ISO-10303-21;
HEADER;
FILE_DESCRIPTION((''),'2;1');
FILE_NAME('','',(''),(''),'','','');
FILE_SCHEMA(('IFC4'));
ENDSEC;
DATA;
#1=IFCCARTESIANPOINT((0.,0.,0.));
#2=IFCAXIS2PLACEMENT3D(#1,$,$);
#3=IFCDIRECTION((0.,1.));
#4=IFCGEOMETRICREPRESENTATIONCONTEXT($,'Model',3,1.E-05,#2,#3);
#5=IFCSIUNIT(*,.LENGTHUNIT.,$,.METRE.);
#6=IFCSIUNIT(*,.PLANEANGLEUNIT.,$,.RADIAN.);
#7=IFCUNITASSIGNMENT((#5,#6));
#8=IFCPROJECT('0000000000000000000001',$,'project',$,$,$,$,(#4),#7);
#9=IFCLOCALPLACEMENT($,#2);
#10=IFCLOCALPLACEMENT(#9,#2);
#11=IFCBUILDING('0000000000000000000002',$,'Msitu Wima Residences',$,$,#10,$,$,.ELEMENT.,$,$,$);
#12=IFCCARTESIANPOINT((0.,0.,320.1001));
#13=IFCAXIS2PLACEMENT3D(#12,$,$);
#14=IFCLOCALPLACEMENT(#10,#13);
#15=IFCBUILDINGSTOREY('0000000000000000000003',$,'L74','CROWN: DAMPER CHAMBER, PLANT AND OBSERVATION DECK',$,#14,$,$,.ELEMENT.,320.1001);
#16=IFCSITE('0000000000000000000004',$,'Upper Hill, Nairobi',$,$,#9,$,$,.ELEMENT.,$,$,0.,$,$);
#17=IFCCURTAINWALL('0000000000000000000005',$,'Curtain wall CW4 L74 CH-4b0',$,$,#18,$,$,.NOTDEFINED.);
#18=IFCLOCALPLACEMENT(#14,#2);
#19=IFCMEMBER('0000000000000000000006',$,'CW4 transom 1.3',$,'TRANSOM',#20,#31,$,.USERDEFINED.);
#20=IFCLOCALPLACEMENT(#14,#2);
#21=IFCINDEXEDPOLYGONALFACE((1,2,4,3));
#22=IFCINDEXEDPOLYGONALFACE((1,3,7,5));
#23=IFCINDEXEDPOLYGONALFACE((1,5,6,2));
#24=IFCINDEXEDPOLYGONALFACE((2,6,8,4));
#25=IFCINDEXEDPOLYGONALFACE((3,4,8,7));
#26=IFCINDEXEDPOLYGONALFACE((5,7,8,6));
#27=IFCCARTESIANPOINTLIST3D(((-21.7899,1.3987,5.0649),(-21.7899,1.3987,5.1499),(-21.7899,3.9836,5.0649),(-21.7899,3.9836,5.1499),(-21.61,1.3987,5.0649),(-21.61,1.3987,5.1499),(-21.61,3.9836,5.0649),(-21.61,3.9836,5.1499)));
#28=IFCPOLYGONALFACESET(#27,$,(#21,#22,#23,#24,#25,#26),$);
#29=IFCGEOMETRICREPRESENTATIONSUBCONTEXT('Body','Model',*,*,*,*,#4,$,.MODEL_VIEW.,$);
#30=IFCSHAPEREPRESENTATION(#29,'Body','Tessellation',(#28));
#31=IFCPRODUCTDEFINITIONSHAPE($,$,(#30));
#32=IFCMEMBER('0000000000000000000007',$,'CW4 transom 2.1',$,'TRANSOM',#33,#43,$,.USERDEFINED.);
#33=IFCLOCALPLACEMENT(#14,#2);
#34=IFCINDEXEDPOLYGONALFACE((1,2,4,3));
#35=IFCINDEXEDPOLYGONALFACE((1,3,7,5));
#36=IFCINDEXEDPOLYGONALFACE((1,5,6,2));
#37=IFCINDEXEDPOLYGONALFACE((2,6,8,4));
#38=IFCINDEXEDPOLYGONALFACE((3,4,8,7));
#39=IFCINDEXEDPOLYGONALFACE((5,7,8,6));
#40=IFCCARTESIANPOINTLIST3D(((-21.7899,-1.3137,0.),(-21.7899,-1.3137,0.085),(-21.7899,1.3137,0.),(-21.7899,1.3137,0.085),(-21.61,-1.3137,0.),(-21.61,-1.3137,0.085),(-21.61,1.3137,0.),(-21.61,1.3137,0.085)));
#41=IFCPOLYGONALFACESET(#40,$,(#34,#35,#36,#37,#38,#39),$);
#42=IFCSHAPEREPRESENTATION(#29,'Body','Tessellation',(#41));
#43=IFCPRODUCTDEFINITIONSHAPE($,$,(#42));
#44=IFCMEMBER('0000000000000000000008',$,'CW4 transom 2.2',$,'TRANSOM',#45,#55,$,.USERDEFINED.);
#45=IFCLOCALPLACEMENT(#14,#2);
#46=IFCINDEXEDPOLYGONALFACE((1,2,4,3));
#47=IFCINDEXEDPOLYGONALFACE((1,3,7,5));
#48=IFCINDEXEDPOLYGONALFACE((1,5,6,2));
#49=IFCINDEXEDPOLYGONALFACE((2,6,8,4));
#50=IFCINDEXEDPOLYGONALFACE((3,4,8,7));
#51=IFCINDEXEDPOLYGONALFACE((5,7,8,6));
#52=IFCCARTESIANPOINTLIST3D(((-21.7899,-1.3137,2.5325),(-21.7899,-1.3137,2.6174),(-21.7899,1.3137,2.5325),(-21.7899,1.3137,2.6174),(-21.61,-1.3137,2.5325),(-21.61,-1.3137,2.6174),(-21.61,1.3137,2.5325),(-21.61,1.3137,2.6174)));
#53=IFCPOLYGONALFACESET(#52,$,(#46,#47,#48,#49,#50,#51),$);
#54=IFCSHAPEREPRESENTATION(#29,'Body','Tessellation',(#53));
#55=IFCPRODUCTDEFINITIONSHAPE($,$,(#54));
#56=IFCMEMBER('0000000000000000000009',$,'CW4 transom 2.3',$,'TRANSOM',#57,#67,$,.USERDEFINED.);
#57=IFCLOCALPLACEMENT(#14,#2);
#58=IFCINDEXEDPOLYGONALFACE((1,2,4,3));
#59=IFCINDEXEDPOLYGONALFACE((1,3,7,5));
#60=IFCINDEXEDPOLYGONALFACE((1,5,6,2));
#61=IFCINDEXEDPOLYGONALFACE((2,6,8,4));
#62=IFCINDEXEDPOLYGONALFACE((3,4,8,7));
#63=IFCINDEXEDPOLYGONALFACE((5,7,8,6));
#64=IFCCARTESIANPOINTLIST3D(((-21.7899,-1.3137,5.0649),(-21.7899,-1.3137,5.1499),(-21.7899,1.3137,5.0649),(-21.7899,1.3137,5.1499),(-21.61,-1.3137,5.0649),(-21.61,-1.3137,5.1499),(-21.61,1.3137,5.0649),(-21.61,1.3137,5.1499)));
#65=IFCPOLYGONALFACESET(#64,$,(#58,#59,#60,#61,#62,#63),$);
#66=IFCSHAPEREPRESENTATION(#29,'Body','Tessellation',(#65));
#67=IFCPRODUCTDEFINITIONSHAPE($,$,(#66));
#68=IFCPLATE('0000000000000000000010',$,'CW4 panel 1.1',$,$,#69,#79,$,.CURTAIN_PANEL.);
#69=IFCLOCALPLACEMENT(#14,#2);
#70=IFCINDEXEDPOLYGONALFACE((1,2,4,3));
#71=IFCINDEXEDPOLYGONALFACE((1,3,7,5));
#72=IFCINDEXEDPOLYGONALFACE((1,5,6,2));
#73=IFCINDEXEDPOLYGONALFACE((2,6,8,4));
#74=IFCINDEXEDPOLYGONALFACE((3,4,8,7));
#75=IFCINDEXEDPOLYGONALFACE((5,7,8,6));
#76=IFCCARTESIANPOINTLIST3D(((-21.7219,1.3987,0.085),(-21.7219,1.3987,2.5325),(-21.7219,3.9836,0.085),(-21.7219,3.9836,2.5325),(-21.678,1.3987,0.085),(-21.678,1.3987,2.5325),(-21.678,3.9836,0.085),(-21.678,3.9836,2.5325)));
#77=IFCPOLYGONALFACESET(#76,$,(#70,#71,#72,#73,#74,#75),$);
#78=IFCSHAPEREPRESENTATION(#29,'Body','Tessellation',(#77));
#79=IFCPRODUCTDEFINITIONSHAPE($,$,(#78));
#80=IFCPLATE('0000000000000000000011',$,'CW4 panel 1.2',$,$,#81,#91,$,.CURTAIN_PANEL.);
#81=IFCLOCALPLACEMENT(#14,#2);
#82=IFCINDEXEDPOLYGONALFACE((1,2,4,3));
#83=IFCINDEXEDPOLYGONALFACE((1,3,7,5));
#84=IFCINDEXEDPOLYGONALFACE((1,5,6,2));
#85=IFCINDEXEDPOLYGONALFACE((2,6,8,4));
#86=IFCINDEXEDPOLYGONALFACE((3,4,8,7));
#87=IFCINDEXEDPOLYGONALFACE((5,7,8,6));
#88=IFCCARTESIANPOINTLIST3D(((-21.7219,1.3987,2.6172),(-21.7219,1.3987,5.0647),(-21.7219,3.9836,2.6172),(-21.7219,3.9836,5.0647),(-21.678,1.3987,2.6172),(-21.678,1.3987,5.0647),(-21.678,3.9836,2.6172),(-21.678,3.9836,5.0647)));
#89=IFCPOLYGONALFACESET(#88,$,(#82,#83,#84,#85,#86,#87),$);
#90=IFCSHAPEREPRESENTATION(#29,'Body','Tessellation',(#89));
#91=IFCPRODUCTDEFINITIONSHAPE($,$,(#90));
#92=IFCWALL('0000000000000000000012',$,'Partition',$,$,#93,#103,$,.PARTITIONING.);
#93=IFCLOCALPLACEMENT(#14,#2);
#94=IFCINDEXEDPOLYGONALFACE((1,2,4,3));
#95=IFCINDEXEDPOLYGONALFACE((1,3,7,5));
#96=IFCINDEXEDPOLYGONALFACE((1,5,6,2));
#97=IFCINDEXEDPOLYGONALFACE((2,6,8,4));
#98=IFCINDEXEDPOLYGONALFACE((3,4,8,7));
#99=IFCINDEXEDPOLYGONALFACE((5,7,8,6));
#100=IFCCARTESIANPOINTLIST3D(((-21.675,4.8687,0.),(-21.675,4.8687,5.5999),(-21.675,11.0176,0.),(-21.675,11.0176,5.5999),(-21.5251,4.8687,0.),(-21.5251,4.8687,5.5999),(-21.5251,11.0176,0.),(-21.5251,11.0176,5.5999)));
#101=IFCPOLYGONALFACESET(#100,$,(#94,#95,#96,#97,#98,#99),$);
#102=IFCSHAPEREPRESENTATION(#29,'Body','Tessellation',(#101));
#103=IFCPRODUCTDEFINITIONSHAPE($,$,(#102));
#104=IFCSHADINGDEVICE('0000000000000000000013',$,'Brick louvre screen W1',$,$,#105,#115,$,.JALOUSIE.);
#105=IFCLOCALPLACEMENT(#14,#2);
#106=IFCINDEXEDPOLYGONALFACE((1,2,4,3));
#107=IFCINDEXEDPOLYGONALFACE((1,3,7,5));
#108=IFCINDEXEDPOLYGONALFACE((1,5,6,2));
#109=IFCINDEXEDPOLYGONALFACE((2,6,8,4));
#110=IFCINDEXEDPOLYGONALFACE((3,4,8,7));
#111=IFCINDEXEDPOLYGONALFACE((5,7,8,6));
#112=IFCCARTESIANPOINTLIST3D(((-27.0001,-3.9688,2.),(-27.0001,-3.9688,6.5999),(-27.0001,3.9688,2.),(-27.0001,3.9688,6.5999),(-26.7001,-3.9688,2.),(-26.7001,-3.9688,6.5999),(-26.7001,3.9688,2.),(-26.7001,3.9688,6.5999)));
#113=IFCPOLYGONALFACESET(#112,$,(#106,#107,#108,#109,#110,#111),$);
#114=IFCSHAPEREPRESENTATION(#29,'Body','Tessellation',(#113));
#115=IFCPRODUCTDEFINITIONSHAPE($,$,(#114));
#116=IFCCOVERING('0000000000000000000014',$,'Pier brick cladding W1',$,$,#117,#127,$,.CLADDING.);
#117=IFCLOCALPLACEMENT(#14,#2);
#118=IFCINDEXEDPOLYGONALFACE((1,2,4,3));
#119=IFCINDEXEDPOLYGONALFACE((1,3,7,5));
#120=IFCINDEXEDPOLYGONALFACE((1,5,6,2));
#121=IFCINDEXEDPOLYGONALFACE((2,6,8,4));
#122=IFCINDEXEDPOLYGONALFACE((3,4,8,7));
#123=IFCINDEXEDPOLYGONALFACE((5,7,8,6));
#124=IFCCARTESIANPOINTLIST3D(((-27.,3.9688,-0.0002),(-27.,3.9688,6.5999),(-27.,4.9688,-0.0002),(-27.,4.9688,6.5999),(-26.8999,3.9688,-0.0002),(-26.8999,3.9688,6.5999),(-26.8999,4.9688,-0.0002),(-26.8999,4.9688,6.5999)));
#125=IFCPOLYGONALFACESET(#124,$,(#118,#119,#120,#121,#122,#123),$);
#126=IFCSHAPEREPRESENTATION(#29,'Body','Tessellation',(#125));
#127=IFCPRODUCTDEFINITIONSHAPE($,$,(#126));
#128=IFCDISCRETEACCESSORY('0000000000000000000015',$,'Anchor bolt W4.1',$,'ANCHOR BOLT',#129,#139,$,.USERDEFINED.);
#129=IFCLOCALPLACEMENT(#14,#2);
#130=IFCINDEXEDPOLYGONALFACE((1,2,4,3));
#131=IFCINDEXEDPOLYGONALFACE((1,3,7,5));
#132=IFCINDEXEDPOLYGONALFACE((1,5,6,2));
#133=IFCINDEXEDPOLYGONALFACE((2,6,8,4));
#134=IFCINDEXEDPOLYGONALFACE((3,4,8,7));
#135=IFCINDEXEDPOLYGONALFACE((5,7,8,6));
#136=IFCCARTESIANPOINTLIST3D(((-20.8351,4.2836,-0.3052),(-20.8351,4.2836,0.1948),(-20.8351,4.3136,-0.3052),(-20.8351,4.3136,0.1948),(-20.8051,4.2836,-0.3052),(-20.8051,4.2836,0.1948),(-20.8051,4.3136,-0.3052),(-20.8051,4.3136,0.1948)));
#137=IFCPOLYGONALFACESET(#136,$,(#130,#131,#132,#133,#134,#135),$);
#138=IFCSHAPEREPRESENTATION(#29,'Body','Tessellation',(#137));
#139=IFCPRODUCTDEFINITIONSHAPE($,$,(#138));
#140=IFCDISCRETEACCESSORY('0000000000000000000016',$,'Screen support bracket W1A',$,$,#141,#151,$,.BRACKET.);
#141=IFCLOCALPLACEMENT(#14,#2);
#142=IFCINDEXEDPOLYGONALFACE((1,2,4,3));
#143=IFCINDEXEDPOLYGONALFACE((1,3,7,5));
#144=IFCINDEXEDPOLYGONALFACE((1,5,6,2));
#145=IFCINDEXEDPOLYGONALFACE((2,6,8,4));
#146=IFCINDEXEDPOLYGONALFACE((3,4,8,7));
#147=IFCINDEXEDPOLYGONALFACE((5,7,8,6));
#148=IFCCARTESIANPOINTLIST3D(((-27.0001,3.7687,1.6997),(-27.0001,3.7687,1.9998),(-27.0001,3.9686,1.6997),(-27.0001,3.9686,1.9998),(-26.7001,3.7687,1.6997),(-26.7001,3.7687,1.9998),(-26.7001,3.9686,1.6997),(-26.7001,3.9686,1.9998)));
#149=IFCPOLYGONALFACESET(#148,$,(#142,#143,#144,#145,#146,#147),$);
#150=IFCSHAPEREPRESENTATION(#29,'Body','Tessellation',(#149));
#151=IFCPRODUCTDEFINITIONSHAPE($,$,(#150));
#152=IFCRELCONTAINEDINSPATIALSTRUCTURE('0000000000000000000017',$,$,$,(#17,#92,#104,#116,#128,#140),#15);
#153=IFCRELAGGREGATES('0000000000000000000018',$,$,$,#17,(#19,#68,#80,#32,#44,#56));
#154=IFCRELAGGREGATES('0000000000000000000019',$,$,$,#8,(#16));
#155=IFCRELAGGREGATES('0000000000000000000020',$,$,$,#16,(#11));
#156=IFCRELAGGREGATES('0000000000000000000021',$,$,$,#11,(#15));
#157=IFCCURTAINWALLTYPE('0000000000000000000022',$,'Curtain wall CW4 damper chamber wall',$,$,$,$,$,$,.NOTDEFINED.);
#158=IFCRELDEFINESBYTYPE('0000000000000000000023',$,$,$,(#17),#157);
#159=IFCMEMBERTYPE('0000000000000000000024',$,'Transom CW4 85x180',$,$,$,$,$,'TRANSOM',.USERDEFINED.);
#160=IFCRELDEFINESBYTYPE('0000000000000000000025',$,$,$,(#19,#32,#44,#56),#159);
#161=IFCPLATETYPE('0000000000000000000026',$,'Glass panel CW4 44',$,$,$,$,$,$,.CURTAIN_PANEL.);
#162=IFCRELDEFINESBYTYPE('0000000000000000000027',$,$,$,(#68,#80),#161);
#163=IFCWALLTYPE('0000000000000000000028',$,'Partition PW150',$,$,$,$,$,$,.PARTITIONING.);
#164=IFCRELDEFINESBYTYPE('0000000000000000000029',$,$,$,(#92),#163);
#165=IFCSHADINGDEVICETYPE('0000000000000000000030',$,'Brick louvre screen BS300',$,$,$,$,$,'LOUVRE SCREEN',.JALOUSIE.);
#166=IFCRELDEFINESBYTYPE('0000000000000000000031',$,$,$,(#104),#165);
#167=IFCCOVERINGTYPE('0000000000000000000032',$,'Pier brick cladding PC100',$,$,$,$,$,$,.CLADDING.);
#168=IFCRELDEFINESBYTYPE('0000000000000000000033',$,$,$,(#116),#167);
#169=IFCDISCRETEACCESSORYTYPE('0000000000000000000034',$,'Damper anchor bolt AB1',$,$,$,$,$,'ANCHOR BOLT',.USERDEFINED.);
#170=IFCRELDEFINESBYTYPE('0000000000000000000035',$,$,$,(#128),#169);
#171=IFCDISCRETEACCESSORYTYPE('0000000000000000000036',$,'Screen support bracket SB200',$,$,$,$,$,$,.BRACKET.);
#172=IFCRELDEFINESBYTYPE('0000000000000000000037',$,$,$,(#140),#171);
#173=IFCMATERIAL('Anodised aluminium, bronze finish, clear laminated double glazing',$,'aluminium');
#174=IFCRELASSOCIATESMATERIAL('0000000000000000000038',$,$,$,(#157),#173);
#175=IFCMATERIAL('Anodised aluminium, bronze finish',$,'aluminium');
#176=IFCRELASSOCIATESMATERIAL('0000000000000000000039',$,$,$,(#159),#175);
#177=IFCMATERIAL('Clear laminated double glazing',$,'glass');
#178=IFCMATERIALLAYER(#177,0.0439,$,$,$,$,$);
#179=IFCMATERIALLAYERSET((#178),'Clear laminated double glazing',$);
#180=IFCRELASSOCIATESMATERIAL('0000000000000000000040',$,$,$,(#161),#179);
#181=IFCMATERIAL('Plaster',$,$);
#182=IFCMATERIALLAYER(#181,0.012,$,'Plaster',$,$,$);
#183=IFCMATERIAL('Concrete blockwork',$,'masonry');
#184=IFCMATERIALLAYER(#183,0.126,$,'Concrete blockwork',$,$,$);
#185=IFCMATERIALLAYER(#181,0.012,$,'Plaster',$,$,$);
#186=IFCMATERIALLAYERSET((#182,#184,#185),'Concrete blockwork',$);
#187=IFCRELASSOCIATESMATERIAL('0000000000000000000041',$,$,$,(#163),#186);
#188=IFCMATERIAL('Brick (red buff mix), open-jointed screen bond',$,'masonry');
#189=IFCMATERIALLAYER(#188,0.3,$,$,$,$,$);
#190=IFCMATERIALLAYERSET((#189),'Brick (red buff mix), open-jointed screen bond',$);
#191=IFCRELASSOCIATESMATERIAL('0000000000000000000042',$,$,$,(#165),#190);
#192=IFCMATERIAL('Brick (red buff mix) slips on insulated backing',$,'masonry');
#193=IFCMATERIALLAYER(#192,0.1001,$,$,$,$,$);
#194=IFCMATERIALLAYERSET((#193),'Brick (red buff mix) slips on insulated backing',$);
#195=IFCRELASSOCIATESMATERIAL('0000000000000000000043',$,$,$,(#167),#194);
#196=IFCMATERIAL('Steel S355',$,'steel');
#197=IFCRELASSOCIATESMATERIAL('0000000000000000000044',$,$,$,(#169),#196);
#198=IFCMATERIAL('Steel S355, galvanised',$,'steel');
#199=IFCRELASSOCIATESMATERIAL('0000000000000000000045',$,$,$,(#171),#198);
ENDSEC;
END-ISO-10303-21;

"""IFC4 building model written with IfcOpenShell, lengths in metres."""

from ifc_helpers import new_model, si_unit, direction, frame, frame_2d, origin, origin_2d, place, context, subcontext, project, spatial, rectangle, extrude, material, layer, layer_set, material_profile, profile_set, type_object, element, aggregate, save


model = new_model("IFC4")

# Units and contexts
model_context = context("Model", 3, precision=1e-05, world=origin(), true_north=direction((0.0, 1.0)))
body_context = subcontext(model_context, "Body", "Model", "MODEL_VIEW")
ifc_project = project(units=[si_unit("LENGTHUNIT", "METRE"), si_unit("PLANEANGLEUNIT", "RADIAN")], contexts=[model_context])

# Site, building, storey
site_placement = place(None, origin())
site = spatial("IfcSite", under=ifc_project, at=site_placement, Name="Upper Hill, Nairobi", CompositionType="ELEMENT", RefElevation=0.0)
building_placement = place(site_placement, origin())
building = spatial("IfcBuilding", under=site, at=building_placement, Name="Msitu Wima Residences", CompositionType="ELEMENT")
storey_placement = place(building_placement, frame((0.0, 0.0, 320.1001)))
storey = spatial("IfcBuildingStorey", under=building, at=storey_placement, Name="L74", Description="CROWN: DAMPER CHAMBER, PLANT AND OBSERVATION DECK", CompositionType="ELEMENT", Elevation=320.1001)

# Shared definitions
ifc_material_1 = material(Name="Anodised aluminium, bronze finish, clear laminated double glazing", Category="aluminium")
curtain_wall_type = type_object("IfcCurtainWallType", Name="Curtain wall CW4 damper chamber wall", PredefinedType="NOTDEFINED", material=ifc_material_1)
ifc_material_2 = material(Name="Anodised aluminium, bronze finish", Category="aluminium")

# Curtain wall, members, plates
curtain_wall_1_placement = place(storey_placement, origin())
curtain_wall_1 = element("IfcCurtainWall", 1, at=curtain_wall_1_placement, inside=storey, type_object=curtain_wall_type, Name="Curtain wall CW4 L74 CH-4b0", PredefinedType="NOTDEFINED")
ifc_material_profile_1 = material_profile(ifc_material_2, rectangle(XDim=0.1799, YDim=0.085, at=origin_2d()), Name="Transom 85x180")
ifc_profile_set_1 = profile_set([ifc_material_profile_1], Name="Anodised aluminium, bronze finish")
member_type_1 = type_object("IfcMemberType", Name="Transom CW4 85x180", ElementType="TRANSOM", PredefinedType="USERDEFINED", material=ifc_profile_set_1)
member_1_placement = place(storey_placement, frame((-21.7, 3.9836, 5.1074), z_axis=(0.0, -1.0, 0.0), x_axis=(1.0, 0.0, 0.0)))
member_1 = element("IfcMember", 2, at=member_1_placement, type_object=member_type_1, Name="CW4 transom 1.3", ObjectType="TRANSOM", PredefinedType="USERDEFINED", context=body_context, shape_type="SweptSolid", body=[
    extrude(rectangle(XDim=0.1799, YDim=0.085, at=origin_2d()), origin(), (0.0, 0.0, 1.0), 2.585),
])
member_2_placement = place(storey_placement, frame((-21.7, 1.3137, 0.0425), z_axis=(0.0, -1.0, 0.0), x_axis=(1.0, 0.0, 0.0)))
member_2 = element("IfcMember", 3, at=member_2_placement, type_object=member_type_1, Name="CW4 transom 2.1", ObjectType="TRANSOM", PredefinedType="USERDEFINED", context=body_context, shape_type="SweptSolid", body=[
    extrude(rectangle(XDim=0.1799, YDim=0.085, at=origin_2d()), origin(), (0.0, 0.0, 1.0), 2.6274),
])
member_3_placement = place(storey_placement, frame((-21.7, 1.3137, 2.575), z_axis=(0.0, -1.0, 0.0), x_axis=(1.0, 0.0, 0.0)))
member_3 = element("IfcMember", 4, at=member_3_placement, type_object=member_type_1, Name="CW4 transom 2.2", ObjectType="TRANSOM", PredefinedType="USERDEFINED", context=body_context, shape_type="SweptSolid", body=[
    extrude(rectangle(XDim=0.1799, YDim=0.085, at=origin_2d()), origin(), (0.0, 0.0, 1.0), 2.6274),
])
member_4_placement = place(storey_placement, frame((-21.7, 1.3137, 5.1074), z_axis=(0.0, -1.0, 0.0), x_axis=(1.0, 0.0, 0.0)))
member_4 = element("IfcMember", 5, at=member_4_placement, type_object=member_type_1, Name="CW4 transom 2.3", ObjectType="TRANSOM", PredefinedType="USERDEFINED", context=body_context, shape_type="SweptSolid", body=[
    extrude(rectangle(XDim=0.1799, YDim=0.085, at=origin_2d()), origin(), (0.0, 0.0, 1.0), 2.6274),
])
ifc_material_3 = material(Name="Clear laminated double glazing", Category="glass")
ifc_layer_1 = layer(ifc_material_3, 0.0439)
ifc_layer_set_1 = layer_set([ifc_layer_1], Name="Clear laminated double glazing")
plate_type = type_object("IfcPlateType", Name="Glass panel CW4 44", PredefinedType="CURTAIN_PANEL", material=ifc_layer_set_1)
plate_1_placement = place(storey_placement, frame((-21.7, 2.6912, 0.085), z_axis=(0.0, 0.0, 1.0), x_axis=(0.0, -1.0, 0.0)))
plate_1 = element("IfcPlate", 6, at=plate_1_placement, type_object=plate_type, Name="CW4 panel 1.1", PredefinedType="CURTAIN_PANEL", context=body_context, shape_type="SweptSolid", body=[
    extrude(rectangle(XDim=2.585, YDim=0.0439, at=origin_2d()), origin(), (0.0, 0.0, 1.0), 2.4475),
])
plate_2_placement = place(storey_placement, frame((-21.7, 2.6912, 2.6172), z_axis=(0.0, 0.0, 1.0), x_axis=(0.0, -1.0, 0.0)))
plate_2 = element("IfcPlate", 7, at=plate_2_placement, type_object=plate_type, Name="CW4 panel 1.2", PredefinedType="CURTAIN_PANEL", context=body_context, shape_type="SweptSolid", body=[
    extrude(rectangle(XDim=2.585, YDim=0.0439, at=origin_2d()), origin(), (0.0, 0.0, 1.0), 2.4475),
])
aggregate(curtain_wall_1, [member_1, plate_1, plate_2, member_2, member_3, member_4])

# Wall
ifc_material_4 = material(Name="Plaster")
ifc_layer_2 = layer(ifc_material_4, 0.012, Name="Plaster")
ifc_material_5 = material(Name="Concrete blockwork", Category="masonry")
ifc_layer_3 = layer(ifc_material_5, 0.126, Name="Concrete blockwork")
ifc_layer_4 = layer(ifc_material_4, 0.012, Name="Plaster")
ifc_layer_set_2 = layer_set([ifc_layer_2, ifc_layer_3, ifc_layer_4], Name="Concrete blockwork")
wall_type = type_object("IfcWallType", Name="Partition PW150", PredefinedType="PARTITIONING", material=ifc_layer_set_2)
wall_placement = place(storey_placement, frame((-21.6001, 4.8687, 0.0), z_axis=(0.0, 0.0, 1.0), x_axis=(0.0, 1.0, 0.0)))
element("IfcWall", 8, at=wall_placement, inside=storey, type_object=wall_type, Name="Partition", PredefinedType="PARTITIONING", context=body_context, shape_type="SweptSolid", body=[
    extrude(rectangle(XDim=6.1489, YDim=0.1499, at=frame_2d((3.0745, 0.0))), origin(), (0.0, 0.0, 1.0), 5.5999),
])

# Shading device
ifc_material_6 = material(Name="Brick (red buff mix), open-jointed screen bond", Category="masonry")
ifc_layer_5 = layer(ifc_material_6, 0.3)
ifc_layer_set_3 = layer_set([ifc_layer_5], Name="Brick (red buff mix), open-jointed screen bond")
shading_device_type = type_object("IfcShadingDeviceType", Name="Brick louvre screen BS300", ElementType="LOUVRE SCREEN", PredefinedType="JALOUSIE", material=ifc_layer_set_3)
shading_device_placement = place(storey_placement, frame((-26.8501, 3.9688, 2.0), z_axis=(0.0, 0.0, 1.0), x_axis=(0.0, -1.0, 0.0)))
element("IfcShadingDevice", 9, at=shading_device_placement, inside=storey, type_object=shading_device_type, Name="Brick louvre screen W1", PredefinedType="JALOUSIE", context=body_context, shape_type="SweptSolid", body=[
    extrude(rectangle(XDim=7.9375, YDim=0.3, at=frame_2d((3.9688, 0.0))), origin(), (0.0, 0.0, 1.0), 4.5999),
])

# Covering
ifc_material_7 = material(Name="Brick (red buff mix) slips on insulated backing", Category="masonry")
ifc_layer_6 = layer(ifc_material_7, 0.1001)
ifc_layer_set_4 = layer_set([ifc_layer_6], Name="Brick (red buff mix) slips on insulated backing")
covering_type = type_object("IfcCoveringType", Name="Pier brick cladding PC100", PredefinedType="CLADDING", material=ifc_layer_set_4)
covering_placement = place(storey_placement, frame((-26.95, 4.4688, -0.0002), z_axis=(0.0, 0.0, 1.0), x_axis=(0.0, -1.0, 0.0)))
element("IfcCovering", 10, at=covering_placement, inside=storey, type_object=covering_type, Name="Pier brick cladding W1", PredefinedType="CLADDING", context=body_context, shape_type="SweptSolid", body=[
    extrude(rectangle(XDim=1.0, YDim=0.1001, at=origin_2d()), origin(), (0.0, 0.0, 1.0), 6.6001),
])

# Shared definitions
ifc_material_8 = material(Name="Steel S355", Category="steel")

# Discrete accessories
discrete_accessory_type_1 = type_object("IfcDiscreteAccessoryType", Name="Damper anchor bolt AB1", ElementType="ANCHOR BOLT", PredefinedType="USERDEFINED", material=ifc_material_8)
discrete_accessory_1_placement = place(storey_placement, frame((-20.8201, 4.2986, -0.3052), z_axis=(0.0, 0.0, 1.0), x_axis=(1.0, 0.0, 0.0)))
element("IfcDiscreteAccessory", 11, at=discrete_accessory_1_placement, inside=storey, type_object=discrete_accessory_type_1, Name="Anchor bolt W4.1", ObjectType="ANCHOR BOLT", PredefinedType="USERDEFINED", context=body_context, shape_type="SweptSolid", body=[
    extrude(rectangle(XDim=0.03, YDim=0.03, at=origin_2d()), origin(), (0.0, 0.0, 1.0), 0.5),
])
ifc_material_9 = material(Name="Steel S355, galvanised", Category="steel")
discrete_accessory_type_2 = type_object("IfcDiscreteAccessoryType", Name="Screen support bracket SB200", PredefinedType="BRACKET", material=ifc_material_9)
discrete_accessory_2_placement = place(storey_placement, frame((-26.8501, 3.8687, 1.6997), z_axis=(0.0, 0.0, 1.0), x_axis=(0.0, -1.0, 0.0)))
element("IfcDiscreteAccessory", 12, at=discrete_accessory_2_placement, inside=storey, type_object=discrete_accessory_type_2, Name="Screen support bracket W1A", PredefinedType="BRACKET", context=body_context, shape_type="SweptSolid", body=[
    extrude(rectangle(XDim=0.2, YDim=0.3, at=origin_2d()), origin(), (0.0, 0.0, 1.0), 0.3),
])

save(model, "model.ifc")
